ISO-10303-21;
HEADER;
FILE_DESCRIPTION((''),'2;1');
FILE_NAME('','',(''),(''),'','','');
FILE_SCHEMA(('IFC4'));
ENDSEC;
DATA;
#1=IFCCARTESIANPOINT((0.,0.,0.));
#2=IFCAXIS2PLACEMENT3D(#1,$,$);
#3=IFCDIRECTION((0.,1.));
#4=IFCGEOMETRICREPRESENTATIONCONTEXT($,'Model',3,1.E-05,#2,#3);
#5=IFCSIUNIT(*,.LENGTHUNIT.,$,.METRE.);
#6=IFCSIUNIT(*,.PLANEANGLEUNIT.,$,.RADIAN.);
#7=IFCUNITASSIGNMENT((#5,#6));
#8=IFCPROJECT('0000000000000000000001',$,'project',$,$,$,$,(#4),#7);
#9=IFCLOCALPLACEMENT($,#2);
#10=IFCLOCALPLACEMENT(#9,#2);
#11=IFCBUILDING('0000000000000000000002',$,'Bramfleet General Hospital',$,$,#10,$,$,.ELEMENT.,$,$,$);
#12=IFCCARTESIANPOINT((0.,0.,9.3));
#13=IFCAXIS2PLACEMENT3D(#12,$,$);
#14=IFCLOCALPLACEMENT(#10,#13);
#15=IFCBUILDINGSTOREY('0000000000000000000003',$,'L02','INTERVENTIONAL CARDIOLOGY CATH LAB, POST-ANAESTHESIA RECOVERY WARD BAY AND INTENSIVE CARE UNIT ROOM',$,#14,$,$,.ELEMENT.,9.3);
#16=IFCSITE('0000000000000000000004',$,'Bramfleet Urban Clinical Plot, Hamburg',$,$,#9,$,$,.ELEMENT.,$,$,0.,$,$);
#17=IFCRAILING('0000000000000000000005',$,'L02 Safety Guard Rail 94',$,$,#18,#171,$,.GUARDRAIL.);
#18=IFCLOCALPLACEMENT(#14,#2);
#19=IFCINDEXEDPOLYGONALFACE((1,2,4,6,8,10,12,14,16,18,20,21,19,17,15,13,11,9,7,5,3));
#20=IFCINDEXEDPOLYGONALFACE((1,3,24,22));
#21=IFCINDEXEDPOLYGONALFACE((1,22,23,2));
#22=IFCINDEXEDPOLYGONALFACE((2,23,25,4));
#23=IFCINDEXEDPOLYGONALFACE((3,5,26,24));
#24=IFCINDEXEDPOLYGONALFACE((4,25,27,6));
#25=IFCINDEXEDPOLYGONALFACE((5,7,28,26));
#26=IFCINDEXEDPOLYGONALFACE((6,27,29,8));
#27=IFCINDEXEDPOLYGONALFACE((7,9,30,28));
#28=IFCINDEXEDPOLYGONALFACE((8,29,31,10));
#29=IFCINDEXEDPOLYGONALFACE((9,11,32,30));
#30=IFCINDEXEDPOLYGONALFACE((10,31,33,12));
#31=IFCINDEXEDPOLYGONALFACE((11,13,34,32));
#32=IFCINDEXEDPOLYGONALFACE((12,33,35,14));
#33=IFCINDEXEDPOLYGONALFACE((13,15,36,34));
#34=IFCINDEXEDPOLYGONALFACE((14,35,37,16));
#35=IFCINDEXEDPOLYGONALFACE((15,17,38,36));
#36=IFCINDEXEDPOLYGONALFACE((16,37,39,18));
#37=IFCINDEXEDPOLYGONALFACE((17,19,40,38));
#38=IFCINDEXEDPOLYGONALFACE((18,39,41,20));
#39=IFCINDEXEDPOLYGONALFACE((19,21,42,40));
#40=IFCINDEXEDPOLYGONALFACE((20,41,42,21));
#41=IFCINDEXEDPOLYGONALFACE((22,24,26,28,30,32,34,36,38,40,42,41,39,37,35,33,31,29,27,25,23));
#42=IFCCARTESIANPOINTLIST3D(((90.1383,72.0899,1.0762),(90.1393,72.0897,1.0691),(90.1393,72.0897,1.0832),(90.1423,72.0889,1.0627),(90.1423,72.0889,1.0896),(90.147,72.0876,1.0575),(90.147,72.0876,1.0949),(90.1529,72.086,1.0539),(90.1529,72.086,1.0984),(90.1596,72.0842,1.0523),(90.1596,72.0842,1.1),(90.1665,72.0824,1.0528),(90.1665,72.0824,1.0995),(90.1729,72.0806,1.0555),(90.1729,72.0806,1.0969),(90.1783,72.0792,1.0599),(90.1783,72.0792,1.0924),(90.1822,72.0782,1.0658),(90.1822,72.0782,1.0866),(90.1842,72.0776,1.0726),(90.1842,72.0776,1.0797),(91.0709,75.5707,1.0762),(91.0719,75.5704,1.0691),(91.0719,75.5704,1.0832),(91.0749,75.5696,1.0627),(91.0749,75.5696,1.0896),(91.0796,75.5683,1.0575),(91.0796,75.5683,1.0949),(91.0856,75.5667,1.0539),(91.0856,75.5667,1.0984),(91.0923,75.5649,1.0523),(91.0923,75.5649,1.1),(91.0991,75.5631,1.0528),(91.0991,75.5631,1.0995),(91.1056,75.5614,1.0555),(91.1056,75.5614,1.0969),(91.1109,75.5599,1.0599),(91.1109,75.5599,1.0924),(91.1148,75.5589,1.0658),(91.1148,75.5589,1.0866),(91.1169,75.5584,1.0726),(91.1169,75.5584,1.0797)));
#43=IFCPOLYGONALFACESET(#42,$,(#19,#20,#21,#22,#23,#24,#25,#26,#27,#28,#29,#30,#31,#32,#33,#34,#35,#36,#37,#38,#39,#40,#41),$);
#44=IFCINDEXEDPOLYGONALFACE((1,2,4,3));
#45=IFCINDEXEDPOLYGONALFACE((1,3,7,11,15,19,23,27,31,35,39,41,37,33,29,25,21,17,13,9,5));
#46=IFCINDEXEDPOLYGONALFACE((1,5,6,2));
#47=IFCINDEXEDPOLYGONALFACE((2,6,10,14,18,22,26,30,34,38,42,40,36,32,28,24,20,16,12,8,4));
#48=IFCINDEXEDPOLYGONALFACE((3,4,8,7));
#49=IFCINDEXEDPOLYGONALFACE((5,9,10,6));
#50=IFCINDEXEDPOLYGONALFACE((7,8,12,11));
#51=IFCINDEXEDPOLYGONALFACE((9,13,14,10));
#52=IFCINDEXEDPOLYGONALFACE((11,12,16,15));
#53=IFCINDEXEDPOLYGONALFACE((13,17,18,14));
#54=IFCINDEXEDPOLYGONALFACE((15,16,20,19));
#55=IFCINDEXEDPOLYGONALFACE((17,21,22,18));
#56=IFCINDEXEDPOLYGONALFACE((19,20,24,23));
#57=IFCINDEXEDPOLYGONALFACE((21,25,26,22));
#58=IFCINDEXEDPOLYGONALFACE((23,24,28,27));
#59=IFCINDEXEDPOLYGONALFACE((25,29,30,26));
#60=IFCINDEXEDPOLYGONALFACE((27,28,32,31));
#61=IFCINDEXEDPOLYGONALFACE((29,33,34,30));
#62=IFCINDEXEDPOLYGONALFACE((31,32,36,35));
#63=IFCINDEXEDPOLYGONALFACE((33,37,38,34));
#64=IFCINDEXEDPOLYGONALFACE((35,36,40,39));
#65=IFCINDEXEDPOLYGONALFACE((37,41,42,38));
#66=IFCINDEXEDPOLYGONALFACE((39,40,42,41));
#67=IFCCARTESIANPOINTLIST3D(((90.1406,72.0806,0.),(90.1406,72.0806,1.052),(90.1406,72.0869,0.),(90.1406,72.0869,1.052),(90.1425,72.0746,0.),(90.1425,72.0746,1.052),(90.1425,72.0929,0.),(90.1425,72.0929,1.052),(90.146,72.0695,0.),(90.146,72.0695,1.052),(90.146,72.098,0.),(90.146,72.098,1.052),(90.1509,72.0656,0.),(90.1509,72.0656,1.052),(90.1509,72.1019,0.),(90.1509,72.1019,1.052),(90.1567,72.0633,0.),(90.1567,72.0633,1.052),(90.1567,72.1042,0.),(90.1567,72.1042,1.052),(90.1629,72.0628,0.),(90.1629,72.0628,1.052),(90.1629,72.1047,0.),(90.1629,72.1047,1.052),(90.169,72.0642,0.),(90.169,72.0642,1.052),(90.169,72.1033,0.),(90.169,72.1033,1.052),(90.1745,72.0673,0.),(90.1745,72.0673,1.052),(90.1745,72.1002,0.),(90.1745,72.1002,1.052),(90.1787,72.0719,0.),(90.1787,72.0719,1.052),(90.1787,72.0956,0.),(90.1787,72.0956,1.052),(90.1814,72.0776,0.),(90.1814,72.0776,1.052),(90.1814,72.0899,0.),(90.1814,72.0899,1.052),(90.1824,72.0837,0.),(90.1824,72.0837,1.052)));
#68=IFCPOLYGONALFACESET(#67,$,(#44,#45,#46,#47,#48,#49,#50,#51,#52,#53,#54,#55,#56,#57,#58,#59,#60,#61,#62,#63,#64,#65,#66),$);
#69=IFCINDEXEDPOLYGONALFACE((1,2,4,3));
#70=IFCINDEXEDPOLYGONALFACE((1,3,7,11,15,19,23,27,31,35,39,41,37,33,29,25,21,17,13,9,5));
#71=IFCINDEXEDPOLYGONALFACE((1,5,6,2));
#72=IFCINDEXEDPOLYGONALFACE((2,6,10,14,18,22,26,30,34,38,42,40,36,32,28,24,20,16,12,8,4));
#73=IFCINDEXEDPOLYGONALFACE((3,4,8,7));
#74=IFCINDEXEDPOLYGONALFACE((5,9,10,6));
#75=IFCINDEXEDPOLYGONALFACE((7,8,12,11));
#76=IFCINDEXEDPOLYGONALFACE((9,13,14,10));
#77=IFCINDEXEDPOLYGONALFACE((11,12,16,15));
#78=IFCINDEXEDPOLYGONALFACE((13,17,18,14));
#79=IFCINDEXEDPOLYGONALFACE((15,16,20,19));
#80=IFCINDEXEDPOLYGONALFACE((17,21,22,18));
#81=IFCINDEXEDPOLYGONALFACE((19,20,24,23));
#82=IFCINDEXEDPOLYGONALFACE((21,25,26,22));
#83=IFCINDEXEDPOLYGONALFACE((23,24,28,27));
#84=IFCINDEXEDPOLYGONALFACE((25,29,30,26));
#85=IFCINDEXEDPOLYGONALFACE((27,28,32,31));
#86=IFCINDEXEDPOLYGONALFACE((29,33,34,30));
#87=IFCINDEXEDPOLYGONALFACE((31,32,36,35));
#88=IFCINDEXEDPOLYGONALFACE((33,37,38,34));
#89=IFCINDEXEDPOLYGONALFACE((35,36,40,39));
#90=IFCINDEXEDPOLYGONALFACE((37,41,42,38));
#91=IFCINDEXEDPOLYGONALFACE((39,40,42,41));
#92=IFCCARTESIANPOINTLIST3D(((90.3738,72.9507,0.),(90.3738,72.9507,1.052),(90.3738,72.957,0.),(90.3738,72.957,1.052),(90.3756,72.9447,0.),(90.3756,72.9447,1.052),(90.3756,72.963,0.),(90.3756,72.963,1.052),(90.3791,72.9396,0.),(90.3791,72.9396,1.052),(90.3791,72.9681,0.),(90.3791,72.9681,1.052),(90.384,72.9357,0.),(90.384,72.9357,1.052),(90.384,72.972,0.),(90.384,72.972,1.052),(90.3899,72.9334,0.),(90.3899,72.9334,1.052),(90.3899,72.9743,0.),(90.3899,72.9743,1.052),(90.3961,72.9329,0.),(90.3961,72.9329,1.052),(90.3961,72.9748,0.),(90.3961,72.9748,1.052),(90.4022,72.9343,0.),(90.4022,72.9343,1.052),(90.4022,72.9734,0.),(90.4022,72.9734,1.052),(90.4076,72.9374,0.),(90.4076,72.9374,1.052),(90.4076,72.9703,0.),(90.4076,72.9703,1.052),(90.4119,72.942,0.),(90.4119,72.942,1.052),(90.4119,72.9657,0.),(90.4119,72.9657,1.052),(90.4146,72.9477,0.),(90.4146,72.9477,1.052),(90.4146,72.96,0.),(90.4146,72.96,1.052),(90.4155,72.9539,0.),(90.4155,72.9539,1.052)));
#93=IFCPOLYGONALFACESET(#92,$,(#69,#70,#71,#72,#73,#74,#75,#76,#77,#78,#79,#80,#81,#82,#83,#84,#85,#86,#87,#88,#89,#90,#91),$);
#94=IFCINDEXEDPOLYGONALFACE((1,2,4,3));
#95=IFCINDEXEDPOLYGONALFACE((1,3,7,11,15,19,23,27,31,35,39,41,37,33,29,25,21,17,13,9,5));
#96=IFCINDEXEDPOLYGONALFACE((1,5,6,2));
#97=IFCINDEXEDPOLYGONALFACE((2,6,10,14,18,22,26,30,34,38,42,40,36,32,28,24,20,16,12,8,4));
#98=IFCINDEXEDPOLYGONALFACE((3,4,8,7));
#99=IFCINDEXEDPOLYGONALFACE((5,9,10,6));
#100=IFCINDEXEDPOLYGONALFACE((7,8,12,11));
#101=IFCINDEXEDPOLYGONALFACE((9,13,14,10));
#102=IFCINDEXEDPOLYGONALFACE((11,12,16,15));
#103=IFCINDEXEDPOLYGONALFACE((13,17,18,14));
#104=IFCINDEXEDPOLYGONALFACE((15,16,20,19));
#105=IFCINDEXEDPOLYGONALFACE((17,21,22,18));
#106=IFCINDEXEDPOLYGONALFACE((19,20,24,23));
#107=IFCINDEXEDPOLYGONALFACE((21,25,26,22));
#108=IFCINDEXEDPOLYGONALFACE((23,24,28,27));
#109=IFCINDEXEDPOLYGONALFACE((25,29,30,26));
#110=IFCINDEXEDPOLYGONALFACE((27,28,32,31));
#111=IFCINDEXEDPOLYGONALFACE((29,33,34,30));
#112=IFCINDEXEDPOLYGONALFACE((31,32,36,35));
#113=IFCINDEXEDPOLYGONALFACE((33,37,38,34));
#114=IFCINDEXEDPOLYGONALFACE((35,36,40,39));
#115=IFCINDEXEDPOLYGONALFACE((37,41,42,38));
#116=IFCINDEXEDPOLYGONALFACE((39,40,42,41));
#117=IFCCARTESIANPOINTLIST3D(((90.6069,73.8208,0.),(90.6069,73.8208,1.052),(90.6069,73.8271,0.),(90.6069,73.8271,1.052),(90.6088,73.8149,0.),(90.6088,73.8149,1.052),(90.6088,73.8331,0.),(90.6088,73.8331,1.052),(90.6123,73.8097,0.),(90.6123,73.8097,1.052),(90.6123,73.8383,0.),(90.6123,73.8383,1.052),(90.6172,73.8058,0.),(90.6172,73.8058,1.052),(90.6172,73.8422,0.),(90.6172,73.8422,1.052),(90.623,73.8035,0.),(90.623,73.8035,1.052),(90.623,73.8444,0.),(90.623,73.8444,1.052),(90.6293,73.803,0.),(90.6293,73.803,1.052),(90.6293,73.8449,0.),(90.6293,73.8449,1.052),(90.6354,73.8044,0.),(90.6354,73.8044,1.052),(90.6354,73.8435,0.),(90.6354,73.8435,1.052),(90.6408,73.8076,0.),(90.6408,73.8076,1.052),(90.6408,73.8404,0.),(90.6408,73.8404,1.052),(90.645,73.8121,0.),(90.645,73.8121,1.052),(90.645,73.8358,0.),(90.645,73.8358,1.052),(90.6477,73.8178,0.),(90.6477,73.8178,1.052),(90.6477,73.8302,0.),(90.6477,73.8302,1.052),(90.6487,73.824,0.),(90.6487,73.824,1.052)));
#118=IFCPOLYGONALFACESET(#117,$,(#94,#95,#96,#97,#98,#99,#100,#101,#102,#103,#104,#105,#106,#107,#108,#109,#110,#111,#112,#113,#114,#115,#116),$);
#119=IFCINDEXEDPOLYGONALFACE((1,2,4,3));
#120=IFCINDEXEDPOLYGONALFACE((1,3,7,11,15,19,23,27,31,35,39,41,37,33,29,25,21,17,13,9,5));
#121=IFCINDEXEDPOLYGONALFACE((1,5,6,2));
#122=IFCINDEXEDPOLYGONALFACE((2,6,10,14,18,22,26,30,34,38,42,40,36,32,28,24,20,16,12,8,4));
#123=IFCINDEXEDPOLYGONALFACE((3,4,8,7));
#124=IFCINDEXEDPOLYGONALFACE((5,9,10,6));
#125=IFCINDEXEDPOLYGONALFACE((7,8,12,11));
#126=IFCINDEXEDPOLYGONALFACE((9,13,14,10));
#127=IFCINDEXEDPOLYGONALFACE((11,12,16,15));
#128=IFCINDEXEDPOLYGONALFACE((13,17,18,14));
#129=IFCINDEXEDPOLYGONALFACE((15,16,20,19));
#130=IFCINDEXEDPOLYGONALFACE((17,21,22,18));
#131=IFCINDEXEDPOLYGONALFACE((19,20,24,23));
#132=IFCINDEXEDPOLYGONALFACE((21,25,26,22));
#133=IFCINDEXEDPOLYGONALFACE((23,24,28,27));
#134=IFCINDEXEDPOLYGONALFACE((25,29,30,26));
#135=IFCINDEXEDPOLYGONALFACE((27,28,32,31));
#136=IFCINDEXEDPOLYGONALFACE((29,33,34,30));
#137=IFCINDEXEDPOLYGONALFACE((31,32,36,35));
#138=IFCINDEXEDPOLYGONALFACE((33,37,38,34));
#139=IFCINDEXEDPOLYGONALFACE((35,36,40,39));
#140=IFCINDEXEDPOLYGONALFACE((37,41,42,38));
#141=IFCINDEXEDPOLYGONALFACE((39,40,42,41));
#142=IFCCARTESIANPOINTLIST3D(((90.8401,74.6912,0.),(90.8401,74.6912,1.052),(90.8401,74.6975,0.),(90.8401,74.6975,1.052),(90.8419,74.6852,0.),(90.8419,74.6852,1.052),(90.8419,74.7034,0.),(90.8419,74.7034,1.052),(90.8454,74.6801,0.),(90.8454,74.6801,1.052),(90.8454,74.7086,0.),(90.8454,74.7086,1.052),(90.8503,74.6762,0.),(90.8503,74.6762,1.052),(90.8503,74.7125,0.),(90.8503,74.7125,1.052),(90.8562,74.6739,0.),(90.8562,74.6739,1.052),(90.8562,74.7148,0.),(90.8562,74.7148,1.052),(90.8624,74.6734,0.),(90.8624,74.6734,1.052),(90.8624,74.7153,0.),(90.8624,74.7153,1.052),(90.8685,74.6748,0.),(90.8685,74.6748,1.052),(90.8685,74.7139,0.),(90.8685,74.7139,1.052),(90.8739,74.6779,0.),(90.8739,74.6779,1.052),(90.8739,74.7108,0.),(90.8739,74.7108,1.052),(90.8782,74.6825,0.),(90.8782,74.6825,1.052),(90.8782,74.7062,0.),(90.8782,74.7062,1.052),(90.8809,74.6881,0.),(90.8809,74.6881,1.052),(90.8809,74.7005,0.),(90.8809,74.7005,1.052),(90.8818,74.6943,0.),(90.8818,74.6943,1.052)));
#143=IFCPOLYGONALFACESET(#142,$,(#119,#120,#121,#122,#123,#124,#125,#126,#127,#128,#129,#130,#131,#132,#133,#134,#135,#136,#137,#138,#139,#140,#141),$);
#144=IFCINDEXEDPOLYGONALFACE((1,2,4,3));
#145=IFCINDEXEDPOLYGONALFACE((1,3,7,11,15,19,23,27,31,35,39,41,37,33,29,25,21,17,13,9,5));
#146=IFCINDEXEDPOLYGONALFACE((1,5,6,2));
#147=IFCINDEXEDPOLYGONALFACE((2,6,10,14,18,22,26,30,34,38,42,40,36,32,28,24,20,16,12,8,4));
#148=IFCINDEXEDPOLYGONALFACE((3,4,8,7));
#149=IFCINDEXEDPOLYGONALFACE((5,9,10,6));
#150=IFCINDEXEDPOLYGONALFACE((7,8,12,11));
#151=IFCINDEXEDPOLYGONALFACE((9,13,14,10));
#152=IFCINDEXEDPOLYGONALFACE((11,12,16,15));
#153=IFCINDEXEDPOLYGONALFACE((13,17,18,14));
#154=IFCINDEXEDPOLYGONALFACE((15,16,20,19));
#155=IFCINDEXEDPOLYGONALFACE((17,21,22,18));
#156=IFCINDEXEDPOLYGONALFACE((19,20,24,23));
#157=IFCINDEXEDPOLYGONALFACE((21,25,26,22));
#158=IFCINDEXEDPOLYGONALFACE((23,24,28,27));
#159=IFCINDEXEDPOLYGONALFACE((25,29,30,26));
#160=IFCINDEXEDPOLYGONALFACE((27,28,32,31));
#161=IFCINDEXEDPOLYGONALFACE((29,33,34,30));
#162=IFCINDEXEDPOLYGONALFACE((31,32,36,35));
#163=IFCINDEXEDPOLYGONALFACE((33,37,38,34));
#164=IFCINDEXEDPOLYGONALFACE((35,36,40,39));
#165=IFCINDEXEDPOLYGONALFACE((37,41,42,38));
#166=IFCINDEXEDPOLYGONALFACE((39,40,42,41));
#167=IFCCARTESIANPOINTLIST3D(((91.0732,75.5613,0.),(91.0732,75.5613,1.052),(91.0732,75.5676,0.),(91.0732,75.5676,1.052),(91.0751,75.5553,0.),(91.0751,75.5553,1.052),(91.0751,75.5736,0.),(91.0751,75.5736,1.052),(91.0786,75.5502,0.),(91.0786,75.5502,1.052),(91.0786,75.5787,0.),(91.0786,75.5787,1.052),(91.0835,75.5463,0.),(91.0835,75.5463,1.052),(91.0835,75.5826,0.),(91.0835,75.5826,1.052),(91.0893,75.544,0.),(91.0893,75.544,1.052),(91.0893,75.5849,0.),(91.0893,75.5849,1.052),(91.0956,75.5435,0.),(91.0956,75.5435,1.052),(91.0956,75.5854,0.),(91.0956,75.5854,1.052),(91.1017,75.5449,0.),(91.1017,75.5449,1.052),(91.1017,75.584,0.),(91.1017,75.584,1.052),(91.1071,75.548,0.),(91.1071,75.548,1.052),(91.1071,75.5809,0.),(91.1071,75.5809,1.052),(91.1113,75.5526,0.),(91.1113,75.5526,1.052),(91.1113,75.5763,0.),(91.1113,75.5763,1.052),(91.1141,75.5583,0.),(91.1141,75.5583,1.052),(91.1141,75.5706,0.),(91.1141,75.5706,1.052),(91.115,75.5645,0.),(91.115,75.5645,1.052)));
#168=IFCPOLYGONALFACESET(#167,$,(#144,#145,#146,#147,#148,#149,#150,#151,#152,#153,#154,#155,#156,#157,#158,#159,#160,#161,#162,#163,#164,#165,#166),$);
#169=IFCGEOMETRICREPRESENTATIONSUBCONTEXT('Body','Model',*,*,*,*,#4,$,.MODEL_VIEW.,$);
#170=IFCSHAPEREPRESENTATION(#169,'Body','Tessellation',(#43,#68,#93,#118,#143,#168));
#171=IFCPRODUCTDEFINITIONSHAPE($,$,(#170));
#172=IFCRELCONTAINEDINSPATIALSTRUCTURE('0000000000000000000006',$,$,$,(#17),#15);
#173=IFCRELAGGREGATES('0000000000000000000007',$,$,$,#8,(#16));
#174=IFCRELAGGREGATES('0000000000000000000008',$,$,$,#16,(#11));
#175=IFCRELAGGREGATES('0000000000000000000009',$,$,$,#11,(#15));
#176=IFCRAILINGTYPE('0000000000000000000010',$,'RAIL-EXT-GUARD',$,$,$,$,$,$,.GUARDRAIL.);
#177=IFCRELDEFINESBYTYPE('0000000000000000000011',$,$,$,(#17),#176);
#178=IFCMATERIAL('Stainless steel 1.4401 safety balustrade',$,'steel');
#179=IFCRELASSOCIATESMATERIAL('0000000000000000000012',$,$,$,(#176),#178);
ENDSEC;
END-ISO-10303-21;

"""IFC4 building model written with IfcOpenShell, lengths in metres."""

from ifc_helpers import new_model, si_unit, direction, frame, origin, origin_2d, place, context, subcontext, project, spatial, circle, extrude, material, type_object, element, save


model = new_model("IFC4")

# Units and contexts
model_context = context("Model", 3, precision=1e-05, world=origin(), true_north=direction((0.0, 1.0)))
body_context = subcontext(model_context, "Body", "Model", "MODEL_VIEW")
ifc_project = project(units=[si_unit("LENGTHUNIT", "METRE"), si_unit("PLANEANGLEUNIT", "RADIAN")], contexts=[model_context])

# Site, building, storey
site_placement = place(None, origin())
site = spatial("IfcSite", under=ifc_project, at=site_placement, Name="Bramfleet Urban Clinical Plot, Hamburg", CompositionType="ELEMENT", RefElevation=0.0)
building_placement = place(site_placement, origin())
building = spatial("IfcBuilding", under=site, at=building_placement, Name="Bramfleet General Hospital", CompositionType="ELEMENT")
storey_placement = place(building_placement, frame((0.0, 0.0, 9.3)))
storey = spatial("IfcBuildingStorey", under=building, at=storey_placement, Name="L02", Description="INTERVENTIONAL CARDIOLOGY CATH LAB, POST-ANAESTHESIA RECOVERY WARD BAY AND INTENSIVE CARE UNIT ROOM", CompositionType="ELEMENT", Elevation=9.3)

# Railing
ifc_material_1 = material(Name="Stainless steel 1.4401 safety balustrade", Category="steel")
railing_type = type_object("IfcRailingType", Name="RAIL-EXT-GUARD", PredefinedType="GUARDRAIL", material=ifc_material_1)
railing_placement = place(storey_placement, frame((90.1614, 72.0837, 0.0)))
element("IfcRailing", 1, at=railing_placement, inside=storey, type_object=railing_type, Name="L02 Safety Guard Rail 94", PredefinedType="GUARDRAIL", context=body_context, shape_type="SweptSolid", body=[
    extrude(circle(Radius=0.0239, at=origin_2d()), frame((0.0, 0.0, 1.0762), z_axis=(0.258809, 0.965928, 0.0), x_axis=(-0.965928, 0.258809, 0.0)), (0.0, 0.0, 1.0), 3.6035),
    extrude(circle(Radius=0.021, at=origin_2d()), origin(), (0.0, 0.0, 1.0), 1.052),
    extrude(circle(Radius=0.021, at=origin_2d()), frame((0.2332, 0.8701, 0.0)), (0.0, 0.0, 1.0), 1.052),
    extrude(circle(Radius=0.021, at=origin_2d()), frame((0.4663, 1.7402, 0.0)), (0.0, 0.0, 1.0), 1.052),
    extrude(circle(Radius=0.021, at=origin_2d()), frame((0.6995, 2.6106, 0.0)), (0.0, 0.0, 1.0), 1.052),
    extrude(circle(Radius=0.021, at=origin_2d()), frame((0.9326, 3.4807, 0.0)), (0.0, 0.0, 1.0), 1.052),
])

save(model, "model.ifc")
